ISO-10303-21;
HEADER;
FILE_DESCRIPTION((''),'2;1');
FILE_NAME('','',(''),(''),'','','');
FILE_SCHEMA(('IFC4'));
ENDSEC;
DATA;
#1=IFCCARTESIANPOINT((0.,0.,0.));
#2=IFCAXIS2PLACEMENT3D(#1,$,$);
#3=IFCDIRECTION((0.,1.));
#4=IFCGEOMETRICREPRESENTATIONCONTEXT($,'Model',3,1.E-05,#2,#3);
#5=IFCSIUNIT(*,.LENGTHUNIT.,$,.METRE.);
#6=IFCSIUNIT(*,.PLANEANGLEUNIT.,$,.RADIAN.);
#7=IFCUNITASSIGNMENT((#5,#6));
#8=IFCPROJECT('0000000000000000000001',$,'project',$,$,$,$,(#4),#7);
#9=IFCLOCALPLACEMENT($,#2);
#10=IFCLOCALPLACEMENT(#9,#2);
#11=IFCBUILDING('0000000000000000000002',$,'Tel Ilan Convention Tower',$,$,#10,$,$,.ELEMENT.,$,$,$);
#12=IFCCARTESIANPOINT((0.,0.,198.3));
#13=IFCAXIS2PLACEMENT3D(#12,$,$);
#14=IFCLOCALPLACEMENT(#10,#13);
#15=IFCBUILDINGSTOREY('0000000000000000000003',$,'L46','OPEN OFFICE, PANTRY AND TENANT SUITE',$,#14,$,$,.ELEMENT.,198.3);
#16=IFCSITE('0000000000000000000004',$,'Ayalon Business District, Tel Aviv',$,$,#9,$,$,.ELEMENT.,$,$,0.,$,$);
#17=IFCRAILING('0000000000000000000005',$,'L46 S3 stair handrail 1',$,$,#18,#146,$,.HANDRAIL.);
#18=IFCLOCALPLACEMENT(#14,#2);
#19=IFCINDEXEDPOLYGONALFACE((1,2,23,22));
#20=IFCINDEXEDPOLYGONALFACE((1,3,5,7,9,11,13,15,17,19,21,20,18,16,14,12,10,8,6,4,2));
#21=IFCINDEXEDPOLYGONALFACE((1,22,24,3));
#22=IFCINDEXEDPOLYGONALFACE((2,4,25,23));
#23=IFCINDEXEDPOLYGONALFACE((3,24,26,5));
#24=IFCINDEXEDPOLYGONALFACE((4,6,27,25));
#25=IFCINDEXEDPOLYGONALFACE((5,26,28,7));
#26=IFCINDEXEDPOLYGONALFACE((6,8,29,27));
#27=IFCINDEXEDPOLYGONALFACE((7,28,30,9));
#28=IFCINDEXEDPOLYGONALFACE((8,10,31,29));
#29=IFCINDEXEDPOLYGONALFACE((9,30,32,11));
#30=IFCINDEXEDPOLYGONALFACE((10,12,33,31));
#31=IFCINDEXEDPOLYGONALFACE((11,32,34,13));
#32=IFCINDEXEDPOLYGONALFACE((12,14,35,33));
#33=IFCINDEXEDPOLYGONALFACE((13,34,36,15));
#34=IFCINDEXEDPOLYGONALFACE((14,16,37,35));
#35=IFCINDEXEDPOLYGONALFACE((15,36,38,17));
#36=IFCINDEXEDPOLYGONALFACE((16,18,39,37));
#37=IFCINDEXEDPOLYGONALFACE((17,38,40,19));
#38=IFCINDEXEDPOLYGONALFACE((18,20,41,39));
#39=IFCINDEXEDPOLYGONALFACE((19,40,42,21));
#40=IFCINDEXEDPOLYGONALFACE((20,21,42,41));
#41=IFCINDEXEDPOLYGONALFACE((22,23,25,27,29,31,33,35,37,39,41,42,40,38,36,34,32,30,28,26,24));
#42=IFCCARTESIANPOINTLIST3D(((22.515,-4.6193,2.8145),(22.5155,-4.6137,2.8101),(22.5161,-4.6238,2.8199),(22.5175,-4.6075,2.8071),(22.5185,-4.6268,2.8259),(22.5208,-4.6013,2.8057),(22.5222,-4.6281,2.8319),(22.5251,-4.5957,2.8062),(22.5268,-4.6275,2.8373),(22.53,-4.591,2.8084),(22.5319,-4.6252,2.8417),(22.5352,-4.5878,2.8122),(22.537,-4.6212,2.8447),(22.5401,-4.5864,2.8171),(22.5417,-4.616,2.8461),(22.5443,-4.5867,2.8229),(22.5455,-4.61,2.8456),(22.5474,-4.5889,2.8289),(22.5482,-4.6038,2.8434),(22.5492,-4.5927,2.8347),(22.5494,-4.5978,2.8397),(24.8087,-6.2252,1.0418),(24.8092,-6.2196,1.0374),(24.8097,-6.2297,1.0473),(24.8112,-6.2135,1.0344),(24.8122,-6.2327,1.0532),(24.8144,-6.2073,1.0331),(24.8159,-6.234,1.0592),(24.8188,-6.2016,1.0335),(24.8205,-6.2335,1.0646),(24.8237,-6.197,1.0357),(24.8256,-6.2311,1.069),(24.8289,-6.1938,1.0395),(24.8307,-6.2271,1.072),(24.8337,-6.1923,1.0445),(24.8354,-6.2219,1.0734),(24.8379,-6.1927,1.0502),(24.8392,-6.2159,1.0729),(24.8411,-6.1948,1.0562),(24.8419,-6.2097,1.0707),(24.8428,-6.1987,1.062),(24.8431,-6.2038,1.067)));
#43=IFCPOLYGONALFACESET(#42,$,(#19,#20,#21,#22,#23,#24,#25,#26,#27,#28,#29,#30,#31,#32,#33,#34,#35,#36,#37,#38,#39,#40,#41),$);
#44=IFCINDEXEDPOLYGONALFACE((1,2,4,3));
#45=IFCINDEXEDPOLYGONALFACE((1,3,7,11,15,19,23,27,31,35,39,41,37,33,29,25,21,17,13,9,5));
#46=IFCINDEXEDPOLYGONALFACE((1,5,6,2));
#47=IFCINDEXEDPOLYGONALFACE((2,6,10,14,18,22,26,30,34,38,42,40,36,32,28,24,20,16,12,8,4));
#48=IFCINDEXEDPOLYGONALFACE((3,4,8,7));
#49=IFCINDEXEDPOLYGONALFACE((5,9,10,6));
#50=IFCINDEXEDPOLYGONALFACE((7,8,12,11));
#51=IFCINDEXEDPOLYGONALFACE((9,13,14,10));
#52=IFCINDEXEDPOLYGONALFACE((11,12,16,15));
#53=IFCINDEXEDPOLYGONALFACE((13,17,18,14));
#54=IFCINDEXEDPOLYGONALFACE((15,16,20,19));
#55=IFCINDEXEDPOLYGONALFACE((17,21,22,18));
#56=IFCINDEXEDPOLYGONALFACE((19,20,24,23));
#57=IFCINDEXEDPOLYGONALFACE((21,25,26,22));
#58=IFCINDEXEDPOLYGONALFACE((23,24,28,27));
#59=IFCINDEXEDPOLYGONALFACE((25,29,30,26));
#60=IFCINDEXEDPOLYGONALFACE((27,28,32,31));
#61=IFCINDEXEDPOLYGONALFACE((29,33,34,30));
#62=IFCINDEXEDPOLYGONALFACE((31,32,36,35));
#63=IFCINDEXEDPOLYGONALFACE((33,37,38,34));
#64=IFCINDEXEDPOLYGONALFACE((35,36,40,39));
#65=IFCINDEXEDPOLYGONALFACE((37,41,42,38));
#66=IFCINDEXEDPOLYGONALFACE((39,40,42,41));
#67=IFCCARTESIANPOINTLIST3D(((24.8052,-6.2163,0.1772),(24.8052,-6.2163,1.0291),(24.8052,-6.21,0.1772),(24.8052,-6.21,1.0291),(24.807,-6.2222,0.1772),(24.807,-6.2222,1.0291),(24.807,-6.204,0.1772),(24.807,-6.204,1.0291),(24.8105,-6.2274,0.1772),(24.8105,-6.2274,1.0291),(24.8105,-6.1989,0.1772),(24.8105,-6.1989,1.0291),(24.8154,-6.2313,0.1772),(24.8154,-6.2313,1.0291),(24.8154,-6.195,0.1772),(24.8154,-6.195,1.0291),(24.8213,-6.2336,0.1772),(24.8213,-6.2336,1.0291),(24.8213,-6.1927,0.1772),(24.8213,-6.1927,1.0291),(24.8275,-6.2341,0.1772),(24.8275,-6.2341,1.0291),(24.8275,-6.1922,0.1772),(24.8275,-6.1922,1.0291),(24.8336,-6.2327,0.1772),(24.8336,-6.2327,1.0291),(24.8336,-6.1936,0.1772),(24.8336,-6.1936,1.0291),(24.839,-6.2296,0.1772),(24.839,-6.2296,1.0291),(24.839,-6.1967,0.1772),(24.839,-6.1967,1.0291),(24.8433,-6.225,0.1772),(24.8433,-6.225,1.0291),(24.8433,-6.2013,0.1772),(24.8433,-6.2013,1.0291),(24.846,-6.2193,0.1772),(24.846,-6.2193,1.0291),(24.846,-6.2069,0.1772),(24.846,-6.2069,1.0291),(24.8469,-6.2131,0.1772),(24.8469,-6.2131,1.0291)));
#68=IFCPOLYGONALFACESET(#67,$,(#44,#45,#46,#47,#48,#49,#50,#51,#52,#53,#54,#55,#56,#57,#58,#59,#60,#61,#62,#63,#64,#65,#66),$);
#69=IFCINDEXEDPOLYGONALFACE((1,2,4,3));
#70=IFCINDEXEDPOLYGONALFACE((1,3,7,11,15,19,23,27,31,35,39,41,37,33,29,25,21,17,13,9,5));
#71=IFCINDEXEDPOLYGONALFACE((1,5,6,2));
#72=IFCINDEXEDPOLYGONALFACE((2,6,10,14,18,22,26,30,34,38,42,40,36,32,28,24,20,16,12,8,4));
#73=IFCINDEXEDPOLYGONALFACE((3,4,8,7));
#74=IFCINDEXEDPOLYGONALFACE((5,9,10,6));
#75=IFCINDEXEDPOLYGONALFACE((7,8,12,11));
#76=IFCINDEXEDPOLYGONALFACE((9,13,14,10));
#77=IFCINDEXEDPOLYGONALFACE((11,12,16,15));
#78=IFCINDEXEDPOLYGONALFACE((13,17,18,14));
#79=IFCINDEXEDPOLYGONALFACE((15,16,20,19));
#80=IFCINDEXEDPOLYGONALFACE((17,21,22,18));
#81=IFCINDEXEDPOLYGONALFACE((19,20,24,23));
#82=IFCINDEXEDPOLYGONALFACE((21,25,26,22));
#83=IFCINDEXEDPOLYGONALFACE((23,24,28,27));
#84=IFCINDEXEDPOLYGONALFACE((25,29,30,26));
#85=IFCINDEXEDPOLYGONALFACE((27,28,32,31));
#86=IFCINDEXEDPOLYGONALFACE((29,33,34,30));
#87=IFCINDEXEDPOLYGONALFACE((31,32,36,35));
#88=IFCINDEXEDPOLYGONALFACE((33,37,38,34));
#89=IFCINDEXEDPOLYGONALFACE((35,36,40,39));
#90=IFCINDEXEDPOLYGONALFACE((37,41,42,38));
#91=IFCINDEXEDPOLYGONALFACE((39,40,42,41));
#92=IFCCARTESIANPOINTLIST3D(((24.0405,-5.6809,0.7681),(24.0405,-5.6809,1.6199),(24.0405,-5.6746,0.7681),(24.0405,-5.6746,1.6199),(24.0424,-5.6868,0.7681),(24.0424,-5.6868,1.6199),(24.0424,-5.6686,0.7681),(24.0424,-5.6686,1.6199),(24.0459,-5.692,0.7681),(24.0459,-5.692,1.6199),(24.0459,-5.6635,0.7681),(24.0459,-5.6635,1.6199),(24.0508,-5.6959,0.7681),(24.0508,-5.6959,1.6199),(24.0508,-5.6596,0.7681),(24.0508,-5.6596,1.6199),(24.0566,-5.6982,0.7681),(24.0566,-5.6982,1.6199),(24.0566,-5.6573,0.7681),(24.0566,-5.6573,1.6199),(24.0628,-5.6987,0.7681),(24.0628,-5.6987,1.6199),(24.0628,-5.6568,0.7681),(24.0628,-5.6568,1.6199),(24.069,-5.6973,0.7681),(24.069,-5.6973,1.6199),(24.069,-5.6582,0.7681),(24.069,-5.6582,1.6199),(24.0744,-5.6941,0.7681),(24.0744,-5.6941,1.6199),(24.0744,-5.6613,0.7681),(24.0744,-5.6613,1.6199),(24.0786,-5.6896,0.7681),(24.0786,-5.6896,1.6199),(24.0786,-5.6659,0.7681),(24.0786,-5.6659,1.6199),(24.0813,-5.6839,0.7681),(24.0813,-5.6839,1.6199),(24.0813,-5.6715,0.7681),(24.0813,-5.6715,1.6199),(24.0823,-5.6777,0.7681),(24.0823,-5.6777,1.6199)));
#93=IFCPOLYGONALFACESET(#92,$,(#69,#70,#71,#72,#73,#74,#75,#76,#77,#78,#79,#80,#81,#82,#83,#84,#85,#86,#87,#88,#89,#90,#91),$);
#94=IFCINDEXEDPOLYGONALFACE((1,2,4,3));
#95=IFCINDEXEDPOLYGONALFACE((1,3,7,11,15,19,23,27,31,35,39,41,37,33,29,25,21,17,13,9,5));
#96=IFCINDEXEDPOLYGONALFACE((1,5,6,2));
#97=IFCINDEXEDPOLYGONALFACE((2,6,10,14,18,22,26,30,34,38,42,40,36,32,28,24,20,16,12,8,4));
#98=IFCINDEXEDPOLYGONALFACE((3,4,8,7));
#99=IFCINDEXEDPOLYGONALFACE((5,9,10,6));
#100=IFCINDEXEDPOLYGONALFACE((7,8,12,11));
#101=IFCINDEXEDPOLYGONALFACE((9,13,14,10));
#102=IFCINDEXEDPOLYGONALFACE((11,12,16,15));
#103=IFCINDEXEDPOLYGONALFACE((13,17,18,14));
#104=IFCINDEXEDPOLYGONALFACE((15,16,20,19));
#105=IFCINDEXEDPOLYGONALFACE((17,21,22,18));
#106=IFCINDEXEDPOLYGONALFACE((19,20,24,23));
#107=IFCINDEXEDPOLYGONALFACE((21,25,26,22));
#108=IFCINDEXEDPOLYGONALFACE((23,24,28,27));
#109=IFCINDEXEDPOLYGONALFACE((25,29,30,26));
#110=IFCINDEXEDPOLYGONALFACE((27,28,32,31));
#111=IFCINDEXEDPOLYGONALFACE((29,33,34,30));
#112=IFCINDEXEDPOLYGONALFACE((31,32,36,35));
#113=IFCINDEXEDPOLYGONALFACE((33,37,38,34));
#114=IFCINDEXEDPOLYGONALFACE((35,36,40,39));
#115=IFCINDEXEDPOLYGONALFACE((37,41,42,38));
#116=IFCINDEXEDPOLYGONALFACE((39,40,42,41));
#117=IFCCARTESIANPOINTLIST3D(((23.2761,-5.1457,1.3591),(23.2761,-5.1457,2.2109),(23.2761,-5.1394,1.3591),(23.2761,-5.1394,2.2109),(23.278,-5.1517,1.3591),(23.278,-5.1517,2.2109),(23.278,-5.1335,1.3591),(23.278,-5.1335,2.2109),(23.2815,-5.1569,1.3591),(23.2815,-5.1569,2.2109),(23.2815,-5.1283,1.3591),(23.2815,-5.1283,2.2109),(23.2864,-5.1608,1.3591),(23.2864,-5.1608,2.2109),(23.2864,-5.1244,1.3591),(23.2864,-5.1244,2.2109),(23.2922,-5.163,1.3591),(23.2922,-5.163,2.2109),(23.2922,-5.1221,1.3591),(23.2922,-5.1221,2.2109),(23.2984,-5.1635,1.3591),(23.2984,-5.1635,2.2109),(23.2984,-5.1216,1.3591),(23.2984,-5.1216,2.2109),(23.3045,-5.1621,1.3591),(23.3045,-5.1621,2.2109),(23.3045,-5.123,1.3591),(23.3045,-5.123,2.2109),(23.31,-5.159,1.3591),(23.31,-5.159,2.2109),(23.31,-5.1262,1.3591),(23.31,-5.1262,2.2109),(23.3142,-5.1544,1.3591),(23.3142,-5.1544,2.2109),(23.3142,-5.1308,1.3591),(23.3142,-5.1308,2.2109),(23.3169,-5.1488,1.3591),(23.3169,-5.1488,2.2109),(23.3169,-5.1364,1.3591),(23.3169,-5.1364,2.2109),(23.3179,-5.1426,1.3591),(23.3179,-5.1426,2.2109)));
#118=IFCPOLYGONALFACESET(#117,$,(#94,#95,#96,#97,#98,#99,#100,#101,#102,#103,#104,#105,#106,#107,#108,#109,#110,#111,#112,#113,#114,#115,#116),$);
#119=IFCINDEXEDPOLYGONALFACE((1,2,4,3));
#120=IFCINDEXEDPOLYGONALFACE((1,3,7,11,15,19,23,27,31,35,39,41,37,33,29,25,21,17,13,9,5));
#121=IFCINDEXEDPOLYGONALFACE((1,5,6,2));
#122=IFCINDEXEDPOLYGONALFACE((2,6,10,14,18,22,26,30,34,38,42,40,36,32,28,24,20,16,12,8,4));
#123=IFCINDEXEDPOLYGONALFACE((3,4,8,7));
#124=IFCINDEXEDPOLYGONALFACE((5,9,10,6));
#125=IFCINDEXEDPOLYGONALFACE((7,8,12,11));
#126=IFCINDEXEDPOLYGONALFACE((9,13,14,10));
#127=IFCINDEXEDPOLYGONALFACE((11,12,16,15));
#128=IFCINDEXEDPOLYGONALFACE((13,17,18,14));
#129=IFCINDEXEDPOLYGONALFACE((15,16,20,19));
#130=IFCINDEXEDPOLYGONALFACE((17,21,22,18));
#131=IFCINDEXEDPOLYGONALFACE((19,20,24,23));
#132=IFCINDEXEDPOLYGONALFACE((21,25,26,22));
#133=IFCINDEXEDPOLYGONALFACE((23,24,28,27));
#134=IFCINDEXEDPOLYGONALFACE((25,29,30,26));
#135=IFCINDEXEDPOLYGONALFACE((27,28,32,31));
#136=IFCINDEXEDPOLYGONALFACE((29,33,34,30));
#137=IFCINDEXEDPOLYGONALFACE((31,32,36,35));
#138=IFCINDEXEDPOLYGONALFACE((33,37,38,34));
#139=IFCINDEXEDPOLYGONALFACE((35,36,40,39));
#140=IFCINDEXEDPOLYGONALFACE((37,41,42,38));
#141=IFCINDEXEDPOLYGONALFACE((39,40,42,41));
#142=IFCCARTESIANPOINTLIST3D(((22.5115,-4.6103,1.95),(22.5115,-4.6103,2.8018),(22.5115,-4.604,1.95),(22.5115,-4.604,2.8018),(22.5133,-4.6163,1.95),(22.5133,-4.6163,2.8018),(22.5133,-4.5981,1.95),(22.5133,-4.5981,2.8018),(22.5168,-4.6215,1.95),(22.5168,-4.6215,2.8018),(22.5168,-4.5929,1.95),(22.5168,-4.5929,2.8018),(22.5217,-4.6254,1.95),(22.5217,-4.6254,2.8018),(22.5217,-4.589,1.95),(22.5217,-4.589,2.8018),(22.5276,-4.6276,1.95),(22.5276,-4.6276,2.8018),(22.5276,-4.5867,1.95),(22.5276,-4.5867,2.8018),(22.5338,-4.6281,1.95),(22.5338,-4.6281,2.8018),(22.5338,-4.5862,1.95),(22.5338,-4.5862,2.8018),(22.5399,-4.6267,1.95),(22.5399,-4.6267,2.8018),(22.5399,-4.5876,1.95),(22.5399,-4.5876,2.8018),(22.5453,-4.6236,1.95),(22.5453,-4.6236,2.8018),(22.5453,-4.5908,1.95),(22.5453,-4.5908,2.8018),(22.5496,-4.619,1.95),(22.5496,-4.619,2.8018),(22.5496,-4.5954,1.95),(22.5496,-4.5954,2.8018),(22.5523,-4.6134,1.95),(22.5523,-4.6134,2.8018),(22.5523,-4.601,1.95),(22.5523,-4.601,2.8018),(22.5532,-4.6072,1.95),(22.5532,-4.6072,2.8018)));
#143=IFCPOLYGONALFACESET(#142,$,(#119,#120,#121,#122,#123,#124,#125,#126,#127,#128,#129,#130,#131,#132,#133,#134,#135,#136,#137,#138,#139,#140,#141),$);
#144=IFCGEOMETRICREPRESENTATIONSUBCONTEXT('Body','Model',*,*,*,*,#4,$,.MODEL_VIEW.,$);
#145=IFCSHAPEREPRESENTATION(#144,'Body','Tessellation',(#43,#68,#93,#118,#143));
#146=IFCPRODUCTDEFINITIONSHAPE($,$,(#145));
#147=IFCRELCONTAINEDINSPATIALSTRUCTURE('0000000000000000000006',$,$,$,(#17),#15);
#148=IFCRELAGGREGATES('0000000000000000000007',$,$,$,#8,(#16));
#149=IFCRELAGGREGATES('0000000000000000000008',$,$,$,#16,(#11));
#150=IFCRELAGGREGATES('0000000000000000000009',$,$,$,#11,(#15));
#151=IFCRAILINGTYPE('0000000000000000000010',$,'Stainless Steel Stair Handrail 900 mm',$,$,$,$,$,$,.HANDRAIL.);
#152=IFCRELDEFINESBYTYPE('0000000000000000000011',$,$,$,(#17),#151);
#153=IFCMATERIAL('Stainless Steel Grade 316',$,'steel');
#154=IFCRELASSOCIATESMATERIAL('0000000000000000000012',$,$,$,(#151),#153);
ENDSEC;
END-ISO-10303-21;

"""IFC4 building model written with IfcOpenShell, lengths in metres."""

from ifc_helpers import new_model, si_unit, direction, frame, origin, origin_2d, place, context, subcontext, project, spatial, circle, extrude, material, type_object, element, save


model = new_model("IFC4")

# Units and contexts
model_context = context("Model", 3, precision=1e-05, world=origin(), true_north=direction((0.0, 1.0)))
body_context = subcontext(model_context, "Body", "Model", "MODEL_VIEW")
ifc_project = project(units=[si_unit("LENGTHUNIT", "METRE"), si_unit("PLANEANGLEUNIT", "RADIAN")], contexts=[model_context])

# Site, building, storey
site_placement = place(None, origin())
site = spatial("IfcSite", under=ifc_project, at=site_placement, Name="Ayalon Business District, Tel Aviv", CompositionType="ELEMENT", RefElevation=0.0)
building_placement = place(site_placement, origin())
building = spatial("IfcBuilding", under=site, at=building_placement, Name="Tel Ilan Convention Tower", CompositionType="ELEMENT")
storey_placement = place(building_placement, frame((0.0, 0.0, 198.3)))
storey = spatial("IfcBuildingStorey", under=building, at=storey_placement, Name="L46", Description="OPEN OFFICE, PANTRY AND TENANT SUITE", CompositionType="ELEMENT", Elevation=198.3)

# Railing
ifc_material_1 = material(Name="Stainless Steel Grade 316", Category="steel")
railing_type_1 = type_object("IfcRailingType", Name="Stainless Steel Stair Handrail 900 mm", PredefinedType="HANDRAIL", material=ifc_material_1)
railing_1_placement = place(storey_placement, frame((24.8259, -6.2131, 0.1772)))
element("IfcRailing", 1, at=railing_1_placement, inside=storey, type_object=railing_type_1, Name="L46 S3 stair handrail 1", PredefinedType="HANDRAIL", context=body_context, shape_type="SweptSolid", body=[
    extrude(circle(Radius=0.0239, at=origin_2d()), frame((0.0, 0.0, 0.876), z_axis=(-0.692123, 0.484597, 0.534913), x_axis=(-0.57355, -0.81917, 0.0)), (0.0, 0.0, 1.0), 3.314),
    extrude(circle(Radius=0.021, at=origin_2d()), origin(), (0.0, 0.0, 1.0), 0.8518),
    extrude(circle(Radius=0.021, at=origin_2d()), frame((-0.7646, 0.5354, 0.5908)), (0.0, 0.0, 1.0), 0.8518),
    extrude(circle(Radius=0.021, at=origin_2d()), frame((-1.5291, 1.0706, 1.1819)), (0.0, 0.0, 1.0), 0.8518),
    extrude(circle(Radius=0.021, at=origin_2d()), frame((-2.2937, 1.606, 1.7727)), (0.0, 0.0, 1.0), 0.8518),
])

save(model, "model.ifc")
